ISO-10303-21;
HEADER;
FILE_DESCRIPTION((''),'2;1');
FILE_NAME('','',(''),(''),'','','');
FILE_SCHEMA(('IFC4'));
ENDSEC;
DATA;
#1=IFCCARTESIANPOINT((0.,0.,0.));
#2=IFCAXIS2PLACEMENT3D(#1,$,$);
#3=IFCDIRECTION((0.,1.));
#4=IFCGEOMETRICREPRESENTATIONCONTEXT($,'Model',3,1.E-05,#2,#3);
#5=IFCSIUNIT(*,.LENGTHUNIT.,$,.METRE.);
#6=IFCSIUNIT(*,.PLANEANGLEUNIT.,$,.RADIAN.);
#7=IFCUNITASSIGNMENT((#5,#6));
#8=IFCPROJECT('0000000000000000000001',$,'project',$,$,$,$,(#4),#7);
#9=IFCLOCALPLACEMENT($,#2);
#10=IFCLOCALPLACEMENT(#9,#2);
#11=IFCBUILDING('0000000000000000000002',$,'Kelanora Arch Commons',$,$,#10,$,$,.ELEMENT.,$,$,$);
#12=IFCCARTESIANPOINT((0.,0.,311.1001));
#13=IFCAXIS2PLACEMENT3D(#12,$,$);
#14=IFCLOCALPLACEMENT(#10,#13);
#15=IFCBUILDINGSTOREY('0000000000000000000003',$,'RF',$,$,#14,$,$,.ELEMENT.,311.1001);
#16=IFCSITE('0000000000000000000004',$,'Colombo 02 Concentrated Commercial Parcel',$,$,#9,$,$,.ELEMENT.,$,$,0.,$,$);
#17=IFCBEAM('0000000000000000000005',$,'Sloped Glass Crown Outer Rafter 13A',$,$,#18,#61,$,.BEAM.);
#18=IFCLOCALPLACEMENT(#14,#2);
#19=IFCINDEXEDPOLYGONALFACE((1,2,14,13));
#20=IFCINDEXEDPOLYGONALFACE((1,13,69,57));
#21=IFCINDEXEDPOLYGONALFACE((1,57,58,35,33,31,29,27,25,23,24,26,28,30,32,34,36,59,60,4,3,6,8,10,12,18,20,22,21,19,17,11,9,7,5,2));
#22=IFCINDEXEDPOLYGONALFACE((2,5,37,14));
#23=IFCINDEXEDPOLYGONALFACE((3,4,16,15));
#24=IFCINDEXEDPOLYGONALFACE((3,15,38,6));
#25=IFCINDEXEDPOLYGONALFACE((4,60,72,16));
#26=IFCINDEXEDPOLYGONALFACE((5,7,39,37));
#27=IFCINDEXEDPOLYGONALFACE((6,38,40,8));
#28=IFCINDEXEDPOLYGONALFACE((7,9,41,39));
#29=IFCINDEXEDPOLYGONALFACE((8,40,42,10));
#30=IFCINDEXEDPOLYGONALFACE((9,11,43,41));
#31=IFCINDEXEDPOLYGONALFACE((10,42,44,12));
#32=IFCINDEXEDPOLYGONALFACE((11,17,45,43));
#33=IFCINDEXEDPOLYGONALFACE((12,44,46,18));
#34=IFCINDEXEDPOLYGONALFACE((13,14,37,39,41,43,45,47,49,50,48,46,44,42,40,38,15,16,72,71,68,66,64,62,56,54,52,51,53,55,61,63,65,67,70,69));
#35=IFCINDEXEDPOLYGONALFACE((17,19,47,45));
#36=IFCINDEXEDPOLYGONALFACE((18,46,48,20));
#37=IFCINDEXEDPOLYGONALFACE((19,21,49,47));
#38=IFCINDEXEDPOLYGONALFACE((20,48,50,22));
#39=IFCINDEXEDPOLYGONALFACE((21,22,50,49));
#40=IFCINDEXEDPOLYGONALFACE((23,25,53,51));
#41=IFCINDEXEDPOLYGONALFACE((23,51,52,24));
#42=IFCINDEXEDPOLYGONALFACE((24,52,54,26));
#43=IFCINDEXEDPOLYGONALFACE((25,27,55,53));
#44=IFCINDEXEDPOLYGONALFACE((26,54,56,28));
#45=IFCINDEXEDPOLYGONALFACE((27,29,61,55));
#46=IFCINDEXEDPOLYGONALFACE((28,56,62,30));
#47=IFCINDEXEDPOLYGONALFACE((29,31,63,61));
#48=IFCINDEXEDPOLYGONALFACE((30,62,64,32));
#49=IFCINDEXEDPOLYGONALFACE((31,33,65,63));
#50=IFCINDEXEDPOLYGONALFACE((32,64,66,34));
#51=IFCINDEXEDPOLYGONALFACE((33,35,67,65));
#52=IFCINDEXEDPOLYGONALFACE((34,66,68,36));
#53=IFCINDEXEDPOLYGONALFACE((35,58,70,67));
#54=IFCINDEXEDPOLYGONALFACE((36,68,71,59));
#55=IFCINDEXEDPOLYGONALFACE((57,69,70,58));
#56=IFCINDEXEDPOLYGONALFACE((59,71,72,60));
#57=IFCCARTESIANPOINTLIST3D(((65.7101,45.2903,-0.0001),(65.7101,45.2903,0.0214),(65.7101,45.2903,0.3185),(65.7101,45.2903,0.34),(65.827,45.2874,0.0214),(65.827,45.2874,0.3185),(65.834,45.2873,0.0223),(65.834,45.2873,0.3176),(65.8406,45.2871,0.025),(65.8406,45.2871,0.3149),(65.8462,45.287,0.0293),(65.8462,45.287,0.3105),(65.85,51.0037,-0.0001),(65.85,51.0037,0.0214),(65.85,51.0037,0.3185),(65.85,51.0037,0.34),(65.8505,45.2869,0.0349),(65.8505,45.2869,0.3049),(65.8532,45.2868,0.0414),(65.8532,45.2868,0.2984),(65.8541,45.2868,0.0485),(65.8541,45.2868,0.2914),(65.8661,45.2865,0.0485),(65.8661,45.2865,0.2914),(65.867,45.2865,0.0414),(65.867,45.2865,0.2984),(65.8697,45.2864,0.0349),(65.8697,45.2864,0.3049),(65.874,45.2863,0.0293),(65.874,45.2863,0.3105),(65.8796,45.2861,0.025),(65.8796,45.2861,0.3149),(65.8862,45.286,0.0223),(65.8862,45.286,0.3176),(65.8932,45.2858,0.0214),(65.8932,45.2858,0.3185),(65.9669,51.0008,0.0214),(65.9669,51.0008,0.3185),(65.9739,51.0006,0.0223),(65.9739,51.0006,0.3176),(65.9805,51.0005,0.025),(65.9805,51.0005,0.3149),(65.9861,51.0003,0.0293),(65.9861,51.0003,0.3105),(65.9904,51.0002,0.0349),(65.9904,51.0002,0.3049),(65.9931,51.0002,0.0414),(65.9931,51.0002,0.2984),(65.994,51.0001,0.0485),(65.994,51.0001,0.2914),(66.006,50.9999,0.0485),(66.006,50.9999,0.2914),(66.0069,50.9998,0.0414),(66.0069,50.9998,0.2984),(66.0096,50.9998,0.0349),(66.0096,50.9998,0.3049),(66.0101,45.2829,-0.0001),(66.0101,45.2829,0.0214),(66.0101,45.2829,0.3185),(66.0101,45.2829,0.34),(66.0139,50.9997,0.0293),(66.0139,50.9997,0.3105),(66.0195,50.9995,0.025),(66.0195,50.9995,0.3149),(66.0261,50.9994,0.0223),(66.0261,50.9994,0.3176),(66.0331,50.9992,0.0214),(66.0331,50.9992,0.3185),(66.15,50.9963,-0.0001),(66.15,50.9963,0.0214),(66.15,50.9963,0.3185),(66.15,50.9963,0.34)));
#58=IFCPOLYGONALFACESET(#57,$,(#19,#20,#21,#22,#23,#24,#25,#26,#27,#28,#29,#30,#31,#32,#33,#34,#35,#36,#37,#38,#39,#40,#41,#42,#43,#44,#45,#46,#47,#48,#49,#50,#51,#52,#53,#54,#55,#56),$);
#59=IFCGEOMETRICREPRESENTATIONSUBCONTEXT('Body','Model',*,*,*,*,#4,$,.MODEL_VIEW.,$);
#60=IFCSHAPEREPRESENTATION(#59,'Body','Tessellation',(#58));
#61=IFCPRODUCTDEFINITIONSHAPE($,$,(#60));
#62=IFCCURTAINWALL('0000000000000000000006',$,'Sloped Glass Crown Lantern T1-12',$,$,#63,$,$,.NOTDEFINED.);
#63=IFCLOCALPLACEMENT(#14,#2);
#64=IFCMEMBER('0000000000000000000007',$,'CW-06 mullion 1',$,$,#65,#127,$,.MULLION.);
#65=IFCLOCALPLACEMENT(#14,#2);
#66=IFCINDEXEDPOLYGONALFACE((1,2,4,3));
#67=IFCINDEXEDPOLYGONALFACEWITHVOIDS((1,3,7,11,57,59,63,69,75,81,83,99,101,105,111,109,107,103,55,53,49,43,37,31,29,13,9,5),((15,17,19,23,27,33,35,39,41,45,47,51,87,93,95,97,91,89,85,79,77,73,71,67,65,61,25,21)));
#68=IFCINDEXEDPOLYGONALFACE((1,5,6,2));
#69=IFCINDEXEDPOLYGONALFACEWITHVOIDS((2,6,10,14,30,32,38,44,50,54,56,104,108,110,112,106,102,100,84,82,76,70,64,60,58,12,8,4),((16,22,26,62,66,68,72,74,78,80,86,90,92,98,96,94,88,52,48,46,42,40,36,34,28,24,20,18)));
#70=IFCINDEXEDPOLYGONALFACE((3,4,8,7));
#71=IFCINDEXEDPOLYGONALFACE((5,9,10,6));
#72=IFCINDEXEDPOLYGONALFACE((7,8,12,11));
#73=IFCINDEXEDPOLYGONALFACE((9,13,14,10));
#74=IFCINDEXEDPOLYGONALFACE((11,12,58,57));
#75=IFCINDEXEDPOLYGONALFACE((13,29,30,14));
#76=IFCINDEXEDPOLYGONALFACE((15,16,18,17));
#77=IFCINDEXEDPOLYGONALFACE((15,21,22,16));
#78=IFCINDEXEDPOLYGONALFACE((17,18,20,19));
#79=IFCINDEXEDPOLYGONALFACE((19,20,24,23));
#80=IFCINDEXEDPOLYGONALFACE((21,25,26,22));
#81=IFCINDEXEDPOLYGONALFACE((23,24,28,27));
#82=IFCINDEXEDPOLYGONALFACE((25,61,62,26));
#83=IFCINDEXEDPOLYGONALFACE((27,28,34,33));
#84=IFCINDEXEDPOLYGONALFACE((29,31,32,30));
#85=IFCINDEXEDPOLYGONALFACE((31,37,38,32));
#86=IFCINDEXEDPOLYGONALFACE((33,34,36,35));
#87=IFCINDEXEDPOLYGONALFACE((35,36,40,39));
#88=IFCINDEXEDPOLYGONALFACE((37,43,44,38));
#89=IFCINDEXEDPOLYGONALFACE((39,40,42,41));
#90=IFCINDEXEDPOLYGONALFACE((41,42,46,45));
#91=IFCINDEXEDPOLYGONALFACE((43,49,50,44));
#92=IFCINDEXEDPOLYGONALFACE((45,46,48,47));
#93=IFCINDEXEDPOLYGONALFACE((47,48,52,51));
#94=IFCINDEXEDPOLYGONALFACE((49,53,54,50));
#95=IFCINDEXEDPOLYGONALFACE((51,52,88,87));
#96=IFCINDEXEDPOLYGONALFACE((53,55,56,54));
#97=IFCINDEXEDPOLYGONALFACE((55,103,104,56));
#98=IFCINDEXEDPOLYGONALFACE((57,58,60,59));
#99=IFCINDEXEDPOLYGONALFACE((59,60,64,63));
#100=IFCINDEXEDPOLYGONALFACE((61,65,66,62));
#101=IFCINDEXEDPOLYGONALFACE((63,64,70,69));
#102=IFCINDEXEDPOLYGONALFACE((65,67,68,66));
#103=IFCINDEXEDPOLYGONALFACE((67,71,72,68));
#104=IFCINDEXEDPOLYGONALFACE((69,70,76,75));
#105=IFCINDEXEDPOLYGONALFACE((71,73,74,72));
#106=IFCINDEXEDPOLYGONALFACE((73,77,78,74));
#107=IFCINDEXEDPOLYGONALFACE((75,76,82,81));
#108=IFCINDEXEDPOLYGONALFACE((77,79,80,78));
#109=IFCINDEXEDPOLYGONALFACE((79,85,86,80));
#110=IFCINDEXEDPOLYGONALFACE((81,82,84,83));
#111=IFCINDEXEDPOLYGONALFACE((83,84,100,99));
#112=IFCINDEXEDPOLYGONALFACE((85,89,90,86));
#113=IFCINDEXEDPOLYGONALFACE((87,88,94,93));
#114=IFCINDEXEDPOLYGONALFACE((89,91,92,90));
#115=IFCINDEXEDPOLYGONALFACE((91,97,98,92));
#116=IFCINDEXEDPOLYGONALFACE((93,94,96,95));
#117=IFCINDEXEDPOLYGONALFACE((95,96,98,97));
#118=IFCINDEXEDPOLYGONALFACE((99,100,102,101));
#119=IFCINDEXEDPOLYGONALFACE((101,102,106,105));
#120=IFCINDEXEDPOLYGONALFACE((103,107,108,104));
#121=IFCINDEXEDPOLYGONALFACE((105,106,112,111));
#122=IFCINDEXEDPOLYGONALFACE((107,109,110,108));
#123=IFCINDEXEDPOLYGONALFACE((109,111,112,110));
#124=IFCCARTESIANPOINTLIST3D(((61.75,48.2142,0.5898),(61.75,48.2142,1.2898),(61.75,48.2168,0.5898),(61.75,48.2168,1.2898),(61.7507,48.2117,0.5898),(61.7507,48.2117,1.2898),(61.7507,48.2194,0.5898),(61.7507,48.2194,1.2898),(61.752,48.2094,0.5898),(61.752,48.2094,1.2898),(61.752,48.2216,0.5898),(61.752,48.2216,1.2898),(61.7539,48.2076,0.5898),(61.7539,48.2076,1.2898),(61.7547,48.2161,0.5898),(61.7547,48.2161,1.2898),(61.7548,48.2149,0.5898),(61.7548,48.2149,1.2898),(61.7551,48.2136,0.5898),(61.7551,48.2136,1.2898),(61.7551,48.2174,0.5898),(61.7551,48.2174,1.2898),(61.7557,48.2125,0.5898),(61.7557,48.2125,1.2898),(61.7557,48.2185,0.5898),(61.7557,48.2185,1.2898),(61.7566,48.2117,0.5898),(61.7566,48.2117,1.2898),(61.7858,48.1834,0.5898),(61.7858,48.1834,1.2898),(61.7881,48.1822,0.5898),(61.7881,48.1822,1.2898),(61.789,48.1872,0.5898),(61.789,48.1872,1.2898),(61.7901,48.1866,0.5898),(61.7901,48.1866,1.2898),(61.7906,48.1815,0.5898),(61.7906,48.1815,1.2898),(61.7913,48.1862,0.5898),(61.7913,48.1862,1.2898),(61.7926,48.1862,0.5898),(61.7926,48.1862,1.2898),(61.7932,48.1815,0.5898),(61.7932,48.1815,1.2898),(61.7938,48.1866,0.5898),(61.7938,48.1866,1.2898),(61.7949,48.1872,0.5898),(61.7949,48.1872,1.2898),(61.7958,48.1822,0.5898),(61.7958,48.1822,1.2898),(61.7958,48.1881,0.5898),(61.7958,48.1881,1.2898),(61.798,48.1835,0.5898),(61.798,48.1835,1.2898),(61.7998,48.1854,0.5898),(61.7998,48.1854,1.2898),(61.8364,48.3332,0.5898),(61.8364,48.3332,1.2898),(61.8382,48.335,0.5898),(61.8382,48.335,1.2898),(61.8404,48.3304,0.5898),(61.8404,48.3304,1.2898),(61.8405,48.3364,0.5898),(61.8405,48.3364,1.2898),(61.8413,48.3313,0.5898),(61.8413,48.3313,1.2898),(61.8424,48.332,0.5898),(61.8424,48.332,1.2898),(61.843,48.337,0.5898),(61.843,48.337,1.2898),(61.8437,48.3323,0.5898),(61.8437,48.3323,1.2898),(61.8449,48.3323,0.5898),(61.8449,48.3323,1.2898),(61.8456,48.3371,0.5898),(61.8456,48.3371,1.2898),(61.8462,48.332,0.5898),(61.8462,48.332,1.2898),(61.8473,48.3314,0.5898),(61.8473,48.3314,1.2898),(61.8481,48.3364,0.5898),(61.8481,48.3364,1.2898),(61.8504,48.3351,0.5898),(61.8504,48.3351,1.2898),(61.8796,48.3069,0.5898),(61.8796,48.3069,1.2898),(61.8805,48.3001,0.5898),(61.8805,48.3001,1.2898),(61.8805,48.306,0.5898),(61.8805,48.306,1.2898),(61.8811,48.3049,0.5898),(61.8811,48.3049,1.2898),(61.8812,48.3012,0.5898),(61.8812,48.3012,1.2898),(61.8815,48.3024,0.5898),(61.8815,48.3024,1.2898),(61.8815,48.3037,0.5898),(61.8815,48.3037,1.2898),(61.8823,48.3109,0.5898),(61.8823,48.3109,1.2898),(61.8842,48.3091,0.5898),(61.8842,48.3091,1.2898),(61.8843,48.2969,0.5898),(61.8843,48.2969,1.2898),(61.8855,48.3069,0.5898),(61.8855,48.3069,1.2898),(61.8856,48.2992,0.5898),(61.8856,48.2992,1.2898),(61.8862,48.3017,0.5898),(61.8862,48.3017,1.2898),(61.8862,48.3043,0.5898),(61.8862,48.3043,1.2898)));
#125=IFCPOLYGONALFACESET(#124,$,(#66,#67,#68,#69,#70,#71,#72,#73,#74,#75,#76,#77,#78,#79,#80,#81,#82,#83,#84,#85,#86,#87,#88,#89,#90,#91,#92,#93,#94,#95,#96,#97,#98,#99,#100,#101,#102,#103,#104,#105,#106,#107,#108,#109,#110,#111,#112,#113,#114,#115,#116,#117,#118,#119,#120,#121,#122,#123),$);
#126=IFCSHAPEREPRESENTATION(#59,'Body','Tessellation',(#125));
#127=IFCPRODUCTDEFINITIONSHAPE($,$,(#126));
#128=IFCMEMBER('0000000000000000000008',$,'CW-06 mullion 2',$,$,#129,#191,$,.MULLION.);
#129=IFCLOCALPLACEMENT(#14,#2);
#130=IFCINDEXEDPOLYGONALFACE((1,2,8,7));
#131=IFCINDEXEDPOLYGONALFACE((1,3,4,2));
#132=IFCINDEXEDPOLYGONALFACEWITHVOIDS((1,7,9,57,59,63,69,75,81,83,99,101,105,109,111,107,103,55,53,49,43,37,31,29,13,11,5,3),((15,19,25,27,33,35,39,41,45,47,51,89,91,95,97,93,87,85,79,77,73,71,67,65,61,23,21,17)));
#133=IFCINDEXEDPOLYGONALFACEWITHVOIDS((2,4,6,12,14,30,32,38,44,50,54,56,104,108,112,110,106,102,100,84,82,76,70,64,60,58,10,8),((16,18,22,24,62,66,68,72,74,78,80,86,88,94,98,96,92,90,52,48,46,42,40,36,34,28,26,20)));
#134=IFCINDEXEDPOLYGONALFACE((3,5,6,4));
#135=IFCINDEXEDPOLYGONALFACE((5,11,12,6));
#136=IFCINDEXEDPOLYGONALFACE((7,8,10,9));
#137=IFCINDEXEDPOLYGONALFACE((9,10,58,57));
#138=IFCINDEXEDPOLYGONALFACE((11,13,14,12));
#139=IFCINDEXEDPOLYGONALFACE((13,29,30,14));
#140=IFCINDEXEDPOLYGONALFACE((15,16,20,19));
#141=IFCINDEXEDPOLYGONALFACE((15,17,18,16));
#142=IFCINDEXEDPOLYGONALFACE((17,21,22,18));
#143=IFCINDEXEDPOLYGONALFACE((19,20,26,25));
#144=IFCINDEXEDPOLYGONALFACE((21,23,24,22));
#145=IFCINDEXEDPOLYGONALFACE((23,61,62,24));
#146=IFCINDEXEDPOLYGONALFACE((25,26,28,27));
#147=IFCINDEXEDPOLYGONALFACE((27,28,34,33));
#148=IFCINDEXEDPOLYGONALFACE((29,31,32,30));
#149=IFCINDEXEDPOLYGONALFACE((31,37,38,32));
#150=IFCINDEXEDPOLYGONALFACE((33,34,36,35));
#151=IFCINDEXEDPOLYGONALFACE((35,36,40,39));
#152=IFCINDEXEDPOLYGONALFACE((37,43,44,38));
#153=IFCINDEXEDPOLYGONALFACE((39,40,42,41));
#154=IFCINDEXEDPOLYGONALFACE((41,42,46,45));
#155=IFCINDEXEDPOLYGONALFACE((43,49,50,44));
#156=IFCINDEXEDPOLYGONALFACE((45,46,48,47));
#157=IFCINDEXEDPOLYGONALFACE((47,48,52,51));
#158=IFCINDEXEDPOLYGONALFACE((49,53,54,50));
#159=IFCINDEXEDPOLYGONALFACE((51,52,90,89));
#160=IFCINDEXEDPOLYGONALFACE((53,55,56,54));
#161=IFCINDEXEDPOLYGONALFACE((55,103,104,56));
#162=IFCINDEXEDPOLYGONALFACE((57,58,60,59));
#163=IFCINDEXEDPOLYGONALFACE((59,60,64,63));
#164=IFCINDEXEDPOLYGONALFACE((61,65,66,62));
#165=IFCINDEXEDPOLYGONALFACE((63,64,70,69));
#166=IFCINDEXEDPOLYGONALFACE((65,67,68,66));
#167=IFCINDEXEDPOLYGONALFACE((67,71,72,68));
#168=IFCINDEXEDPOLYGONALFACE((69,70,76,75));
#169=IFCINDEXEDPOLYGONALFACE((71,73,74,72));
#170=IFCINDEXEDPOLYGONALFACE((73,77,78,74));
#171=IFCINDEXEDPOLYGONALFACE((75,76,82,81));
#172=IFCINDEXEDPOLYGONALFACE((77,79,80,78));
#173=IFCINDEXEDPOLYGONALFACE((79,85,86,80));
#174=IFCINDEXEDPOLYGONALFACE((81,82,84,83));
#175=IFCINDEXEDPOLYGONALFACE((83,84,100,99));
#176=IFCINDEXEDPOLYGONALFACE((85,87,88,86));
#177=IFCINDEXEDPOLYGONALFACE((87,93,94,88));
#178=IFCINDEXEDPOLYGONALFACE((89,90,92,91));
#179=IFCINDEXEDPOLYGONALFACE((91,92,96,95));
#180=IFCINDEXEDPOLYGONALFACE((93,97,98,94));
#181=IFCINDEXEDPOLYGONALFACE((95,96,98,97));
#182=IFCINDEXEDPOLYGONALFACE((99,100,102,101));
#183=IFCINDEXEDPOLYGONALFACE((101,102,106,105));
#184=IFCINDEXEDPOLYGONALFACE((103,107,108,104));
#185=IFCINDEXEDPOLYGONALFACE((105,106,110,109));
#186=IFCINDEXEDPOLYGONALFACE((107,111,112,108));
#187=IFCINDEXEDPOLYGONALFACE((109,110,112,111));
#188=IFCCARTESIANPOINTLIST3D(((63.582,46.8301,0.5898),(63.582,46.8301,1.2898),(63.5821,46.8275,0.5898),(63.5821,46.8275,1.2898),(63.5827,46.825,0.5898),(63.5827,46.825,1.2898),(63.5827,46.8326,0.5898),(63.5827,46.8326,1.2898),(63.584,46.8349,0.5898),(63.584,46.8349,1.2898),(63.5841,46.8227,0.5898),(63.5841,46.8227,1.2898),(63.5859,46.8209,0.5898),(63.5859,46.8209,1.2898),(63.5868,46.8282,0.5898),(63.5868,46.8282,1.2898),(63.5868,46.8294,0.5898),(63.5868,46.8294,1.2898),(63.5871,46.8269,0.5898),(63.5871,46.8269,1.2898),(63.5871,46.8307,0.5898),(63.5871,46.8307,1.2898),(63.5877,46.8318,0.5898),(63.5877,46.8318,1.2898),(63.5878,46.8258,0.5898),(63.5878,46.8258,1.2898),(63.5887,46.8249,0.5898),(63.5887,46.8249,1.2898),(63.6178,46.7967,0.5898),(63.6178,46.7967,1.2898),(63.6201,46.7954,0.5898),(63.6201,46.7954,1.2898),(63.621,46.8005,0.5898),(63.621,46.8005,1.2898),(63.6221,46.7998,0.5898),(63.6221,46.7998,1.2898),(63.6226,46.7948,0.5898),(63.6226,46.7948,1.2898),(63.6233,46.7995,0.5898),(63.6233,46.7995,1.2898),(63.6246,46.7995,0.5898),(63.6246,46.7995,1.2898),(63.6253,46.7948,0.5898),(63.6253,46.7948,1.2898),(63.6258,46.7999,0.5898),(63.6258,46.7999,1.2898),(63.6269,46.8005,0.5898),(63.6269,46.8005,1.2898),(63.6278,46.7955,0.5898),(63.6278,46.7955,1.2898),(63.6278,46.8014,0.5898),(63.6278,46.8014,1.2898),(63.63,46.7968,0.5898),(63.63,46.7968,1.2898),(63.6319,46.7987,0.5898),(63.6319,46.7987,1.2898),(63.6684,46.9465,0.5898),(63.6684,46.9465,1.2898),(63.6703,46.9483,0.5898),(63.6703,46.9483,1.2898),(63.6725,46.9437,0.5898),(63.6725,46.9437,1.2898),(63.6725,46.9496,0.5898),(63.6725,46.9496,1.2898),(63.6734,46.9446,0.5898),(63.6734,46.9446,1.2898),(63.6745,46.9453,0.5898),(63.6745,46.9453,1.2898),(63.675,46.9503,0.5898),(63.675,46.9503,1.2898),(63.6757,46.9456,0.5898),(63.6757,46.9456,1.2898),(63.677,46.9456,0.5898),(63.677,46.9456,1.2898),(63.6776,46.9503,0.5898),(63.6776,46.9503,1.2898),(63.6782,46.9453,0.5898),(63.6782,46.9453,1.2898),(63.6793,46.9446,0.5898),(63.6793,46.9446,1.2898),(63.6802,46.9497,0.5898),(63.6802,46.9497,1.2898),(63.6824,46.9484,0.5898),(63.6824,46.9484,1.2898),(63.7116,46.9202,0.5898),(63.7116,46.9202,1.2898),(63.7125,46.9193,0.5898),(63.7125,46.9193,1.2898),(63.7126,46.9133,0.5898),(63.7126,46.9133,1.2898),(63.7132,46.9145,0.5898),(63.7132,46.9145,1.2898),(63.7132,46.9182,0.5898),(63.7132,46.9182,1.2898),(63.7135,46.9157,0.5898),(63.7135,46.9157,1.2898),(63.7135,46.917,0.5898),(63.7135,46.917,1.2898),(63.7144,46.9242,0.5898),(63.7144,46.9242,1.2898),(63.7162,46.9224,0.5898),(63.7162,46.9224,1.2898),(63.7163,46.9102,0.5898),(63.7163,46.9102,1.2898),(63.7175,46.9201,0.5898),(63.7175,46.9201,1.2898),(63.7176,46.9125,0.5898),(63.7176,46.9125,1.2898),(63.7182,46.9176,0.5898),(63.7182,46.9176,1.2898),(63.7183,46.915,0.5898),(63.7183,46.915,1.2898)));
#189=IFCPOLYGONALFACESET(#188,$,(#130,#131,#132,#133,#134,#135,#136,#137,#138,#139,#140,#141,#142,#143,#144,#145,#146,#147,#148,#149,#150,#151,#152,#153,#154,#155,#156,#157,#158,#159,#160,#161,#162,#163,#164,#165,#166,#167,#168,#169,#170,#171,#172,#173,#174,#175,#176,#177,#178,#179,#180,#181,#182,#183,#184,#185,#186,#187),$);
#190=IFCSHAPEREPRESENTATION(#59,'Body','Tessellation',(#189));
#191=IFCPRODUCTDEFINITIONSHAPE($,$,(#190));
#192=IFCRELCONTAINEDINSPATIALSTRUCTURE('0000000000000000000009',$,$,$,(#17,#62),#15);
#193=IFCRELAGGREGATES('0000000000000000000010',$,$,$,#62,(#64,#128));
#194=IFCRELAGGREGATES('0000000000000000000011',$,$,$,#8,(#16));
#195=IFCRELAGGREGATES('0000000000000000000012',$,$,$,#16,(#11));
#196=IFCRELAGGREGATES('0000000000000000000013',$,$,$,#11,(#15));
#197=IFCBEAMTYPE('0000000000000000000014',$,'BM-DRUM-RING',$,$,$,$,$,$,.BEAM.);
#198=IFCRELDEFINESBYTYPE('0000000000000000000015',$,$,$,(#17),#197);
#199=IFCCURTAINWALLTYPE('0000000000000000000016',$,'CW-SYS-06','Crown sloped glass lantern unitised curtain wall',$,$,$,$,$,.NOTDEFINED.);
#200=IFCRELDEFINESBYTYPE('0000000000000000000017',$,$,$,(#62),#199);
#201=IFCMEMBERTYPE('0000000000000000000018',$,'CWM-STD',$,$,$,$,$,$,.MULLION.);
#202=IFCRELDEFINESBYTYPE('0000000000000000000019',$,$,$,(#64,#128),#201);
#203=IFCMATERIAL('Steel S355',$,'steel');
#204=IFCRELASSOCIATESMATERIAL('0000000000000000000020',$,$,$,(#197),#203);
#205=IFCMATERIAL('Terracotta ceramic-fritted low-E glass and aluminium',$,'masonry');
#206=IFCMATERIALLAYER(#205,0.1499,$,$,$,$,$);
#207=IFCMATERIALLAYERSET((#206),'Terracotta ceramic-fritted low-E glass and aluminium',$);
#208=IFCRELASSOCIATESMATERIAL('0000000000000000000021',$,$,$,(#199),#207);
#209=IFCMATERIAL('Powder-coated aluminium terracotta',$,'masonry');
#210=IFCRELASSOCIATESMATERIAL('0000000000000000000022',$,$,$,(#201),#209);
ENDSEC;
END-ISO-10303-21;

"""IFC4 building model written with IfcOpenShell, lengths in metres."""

from ifc_helpers import new_model, si_unit, direction, frame, origin, origin_2d, place, context, subcontext, project, spatial, hollow_rectangle, i_section, extrude, material, layer, layer_set, material_profile, profile_set, type_object, element, aggregate, save


model = new_model("IFC4")

# Units and contexts
model_context = context("Model", 3, precision=1e-05, world=origin(), true_north=direction((0.0, 1.0)))
body_context = subcontext(model_context, "Body", "Model", "MODEL_VIEW")
ifc_project = project(units=[si_unit("LENGTHUNIT", "METRE"), si_unit("PLANEANGLEUNIT", "RADIAN")], contexts=[model_context])

# Site, building, storey
site_placement = place(None, origin())
site = spatial("IfcSite", under=ifc_project, at=site_placement, Name="Colombo 02 Concentrated Commercial Parcel", CompositionType="ELEMENT", RefElevation=0.0)
building_placement = place(site_placement, origin())
building = spatial("IfcBuilding", under=site, at=building_placement, Name="Kelanora Arch Commons", CompositionType="ELEMENT")
storey_placement = place(building_placement, frame((0.0, 0.0, 311.1001)))
storey = spatial("IfcBuildingStorey", under=building, at=storey_placement, Name="RF", CompositionType="ELEMENT", Elevation=311.1001)

# Beam
ifc_material_1 = material(Name="Steel S355", Category="steel")
ifc_material_profile_1 = material_profile(ifc_material_1, i_section(OverallWidth=0.3, OverallDepth=0.3401, WebThickness=0.012, FlangeThickness=0.0215, FilletRadius=0.0271, at=origin_2d()), Name="HEB340")
ifc_profile_set_1 = profile_set([ifc_material_profile_1], Name="Steel S355")
beam_type_1 = type_object("IfcBeamType", Name="BM-DRUM-RING", PredefinedType="BEAM", material=ifc_profile_set_1)
beam_1_placement = place(storey_placement, frame((65.8601, 45.2866, 0.1699), z_axis=(0.024478, 0.9997, 0.0), x_axis=(-0.9997, 0.024478, 0.0)))
element("IfcBeam", 1, at=beam_1_placement, inside=storey, type_object=beam_type_1, Name="Sloped Glass Crown Outer Rafter 13A", PredefinedType="BEAM", context=body_context, shape_type="SweptSolid", body=[
    extrude(i_section(OverallWidth=0.3, OverallDepth=0.3401, WebThickness=0.012, FlangeThickness=0.0215, FilletRadius=0.0271, at=origin_2d()), origin(), (0.0, 0.0, 1.0), 5.7151),
])

# Curtain wall, members
ifc_material_2 = material(Name="Terracotta ceramic-fritted low-E glass and aluminium", Category="masonry")
ifc_layer_1 = layer(ifc_material_2, 0.1499)
ifc_layer_set_1 = layer_set([ifc_layer_1], Name="Terracotta ceramic-fritted low-E glass and aluminium")
curtain_wall_type = type_object("IfcCurtainWallType", Name="CW-SYS-06", Description="Crown sloped glass lantern unitised curtain wall", PredefinedType="NOTDEFINED", material=ifc_layer_set_1)
curtain_wall_1_placement = place(storey_placement, origin())
curtain_wall_1 = element("IfcCurtainWall", 2, at=curtain_wall_1_placement, inside=storey, type_object=curtain_wall_type, Name="Sloped Glass Crown Lantern T1-12", PredefinedType="NOTDEFINED")
ifc_material_3 = material(Name="Powder-coated aluminium terracotta", Category="masonry")
ifc_material_profile_2 = material_profile(ifc_material_3, hollow_rectangle(XDim=0.1599, YDim=0.0601, WallThickness=0.0049, InnerFilletRadius=0.0049, OuterFilletRadius=0.01, at=origin_2d()), Name="CWM160x60")
ifc_profile_set_2 = profile_set([ifc_material_profile_2], Name="Powder-coated aluminium terracotta")
member_type_1 = type_object("IfcMemberType", Name="CWM-STD", PredefinedType="MULLION", material=ifc_profile_set_2)
member_1_placement = place(storey_placement, frame((61.8181, 48.2593, 0.5898), z_axis=(0.0, 0.0, 1.0), x_axis=(0.603568, 0.797311, 0.0)))
member_1 = element("IfcMember", 3, at=member_1_placement, type_object=member_type_1, Name="CW-06 mullion 1", PredefinedType="MULLION", context=body_context, shape_type="SweptSolid", body=[
    extrude(hollow_rectangle(XDim=0.1599, YDim=0.0601, WallThickness=0.0049, InnerFilletRadius=0.0049, OuterFilletRadius=0.01, at=origin_2d()), origin(), (0.0, 0.0, 1.0), 0.7),
])
member_2_placement = place(storey_placement, frame((63.6501, 46.8726, 0.5898), z_axis=(0.0, 0.0, 1.0), x_axis=(0.603568, 0.797311, 0.0)))
member_2 = element("IfcMember", 4, at=member_2_placement, type_object=member_type_1, Name="CW-06 mullion 2", PredefinedType="MULLION", context=body_context, shape_type="SweptSolid", body=[
    extrude(hollow_rectangle(XDim=0.1599, YDim=0.0601, WallThickness=0.0049, InnerFilletRadius=0.0049, OuterFilletRadius=0.01, at=origin_2d()), origin(), (0.0, 0.0, 1.0), 0.7),
])

aggregate(curtain_wall_1, [member_1, member_2])

save(model, "model.ifc")
